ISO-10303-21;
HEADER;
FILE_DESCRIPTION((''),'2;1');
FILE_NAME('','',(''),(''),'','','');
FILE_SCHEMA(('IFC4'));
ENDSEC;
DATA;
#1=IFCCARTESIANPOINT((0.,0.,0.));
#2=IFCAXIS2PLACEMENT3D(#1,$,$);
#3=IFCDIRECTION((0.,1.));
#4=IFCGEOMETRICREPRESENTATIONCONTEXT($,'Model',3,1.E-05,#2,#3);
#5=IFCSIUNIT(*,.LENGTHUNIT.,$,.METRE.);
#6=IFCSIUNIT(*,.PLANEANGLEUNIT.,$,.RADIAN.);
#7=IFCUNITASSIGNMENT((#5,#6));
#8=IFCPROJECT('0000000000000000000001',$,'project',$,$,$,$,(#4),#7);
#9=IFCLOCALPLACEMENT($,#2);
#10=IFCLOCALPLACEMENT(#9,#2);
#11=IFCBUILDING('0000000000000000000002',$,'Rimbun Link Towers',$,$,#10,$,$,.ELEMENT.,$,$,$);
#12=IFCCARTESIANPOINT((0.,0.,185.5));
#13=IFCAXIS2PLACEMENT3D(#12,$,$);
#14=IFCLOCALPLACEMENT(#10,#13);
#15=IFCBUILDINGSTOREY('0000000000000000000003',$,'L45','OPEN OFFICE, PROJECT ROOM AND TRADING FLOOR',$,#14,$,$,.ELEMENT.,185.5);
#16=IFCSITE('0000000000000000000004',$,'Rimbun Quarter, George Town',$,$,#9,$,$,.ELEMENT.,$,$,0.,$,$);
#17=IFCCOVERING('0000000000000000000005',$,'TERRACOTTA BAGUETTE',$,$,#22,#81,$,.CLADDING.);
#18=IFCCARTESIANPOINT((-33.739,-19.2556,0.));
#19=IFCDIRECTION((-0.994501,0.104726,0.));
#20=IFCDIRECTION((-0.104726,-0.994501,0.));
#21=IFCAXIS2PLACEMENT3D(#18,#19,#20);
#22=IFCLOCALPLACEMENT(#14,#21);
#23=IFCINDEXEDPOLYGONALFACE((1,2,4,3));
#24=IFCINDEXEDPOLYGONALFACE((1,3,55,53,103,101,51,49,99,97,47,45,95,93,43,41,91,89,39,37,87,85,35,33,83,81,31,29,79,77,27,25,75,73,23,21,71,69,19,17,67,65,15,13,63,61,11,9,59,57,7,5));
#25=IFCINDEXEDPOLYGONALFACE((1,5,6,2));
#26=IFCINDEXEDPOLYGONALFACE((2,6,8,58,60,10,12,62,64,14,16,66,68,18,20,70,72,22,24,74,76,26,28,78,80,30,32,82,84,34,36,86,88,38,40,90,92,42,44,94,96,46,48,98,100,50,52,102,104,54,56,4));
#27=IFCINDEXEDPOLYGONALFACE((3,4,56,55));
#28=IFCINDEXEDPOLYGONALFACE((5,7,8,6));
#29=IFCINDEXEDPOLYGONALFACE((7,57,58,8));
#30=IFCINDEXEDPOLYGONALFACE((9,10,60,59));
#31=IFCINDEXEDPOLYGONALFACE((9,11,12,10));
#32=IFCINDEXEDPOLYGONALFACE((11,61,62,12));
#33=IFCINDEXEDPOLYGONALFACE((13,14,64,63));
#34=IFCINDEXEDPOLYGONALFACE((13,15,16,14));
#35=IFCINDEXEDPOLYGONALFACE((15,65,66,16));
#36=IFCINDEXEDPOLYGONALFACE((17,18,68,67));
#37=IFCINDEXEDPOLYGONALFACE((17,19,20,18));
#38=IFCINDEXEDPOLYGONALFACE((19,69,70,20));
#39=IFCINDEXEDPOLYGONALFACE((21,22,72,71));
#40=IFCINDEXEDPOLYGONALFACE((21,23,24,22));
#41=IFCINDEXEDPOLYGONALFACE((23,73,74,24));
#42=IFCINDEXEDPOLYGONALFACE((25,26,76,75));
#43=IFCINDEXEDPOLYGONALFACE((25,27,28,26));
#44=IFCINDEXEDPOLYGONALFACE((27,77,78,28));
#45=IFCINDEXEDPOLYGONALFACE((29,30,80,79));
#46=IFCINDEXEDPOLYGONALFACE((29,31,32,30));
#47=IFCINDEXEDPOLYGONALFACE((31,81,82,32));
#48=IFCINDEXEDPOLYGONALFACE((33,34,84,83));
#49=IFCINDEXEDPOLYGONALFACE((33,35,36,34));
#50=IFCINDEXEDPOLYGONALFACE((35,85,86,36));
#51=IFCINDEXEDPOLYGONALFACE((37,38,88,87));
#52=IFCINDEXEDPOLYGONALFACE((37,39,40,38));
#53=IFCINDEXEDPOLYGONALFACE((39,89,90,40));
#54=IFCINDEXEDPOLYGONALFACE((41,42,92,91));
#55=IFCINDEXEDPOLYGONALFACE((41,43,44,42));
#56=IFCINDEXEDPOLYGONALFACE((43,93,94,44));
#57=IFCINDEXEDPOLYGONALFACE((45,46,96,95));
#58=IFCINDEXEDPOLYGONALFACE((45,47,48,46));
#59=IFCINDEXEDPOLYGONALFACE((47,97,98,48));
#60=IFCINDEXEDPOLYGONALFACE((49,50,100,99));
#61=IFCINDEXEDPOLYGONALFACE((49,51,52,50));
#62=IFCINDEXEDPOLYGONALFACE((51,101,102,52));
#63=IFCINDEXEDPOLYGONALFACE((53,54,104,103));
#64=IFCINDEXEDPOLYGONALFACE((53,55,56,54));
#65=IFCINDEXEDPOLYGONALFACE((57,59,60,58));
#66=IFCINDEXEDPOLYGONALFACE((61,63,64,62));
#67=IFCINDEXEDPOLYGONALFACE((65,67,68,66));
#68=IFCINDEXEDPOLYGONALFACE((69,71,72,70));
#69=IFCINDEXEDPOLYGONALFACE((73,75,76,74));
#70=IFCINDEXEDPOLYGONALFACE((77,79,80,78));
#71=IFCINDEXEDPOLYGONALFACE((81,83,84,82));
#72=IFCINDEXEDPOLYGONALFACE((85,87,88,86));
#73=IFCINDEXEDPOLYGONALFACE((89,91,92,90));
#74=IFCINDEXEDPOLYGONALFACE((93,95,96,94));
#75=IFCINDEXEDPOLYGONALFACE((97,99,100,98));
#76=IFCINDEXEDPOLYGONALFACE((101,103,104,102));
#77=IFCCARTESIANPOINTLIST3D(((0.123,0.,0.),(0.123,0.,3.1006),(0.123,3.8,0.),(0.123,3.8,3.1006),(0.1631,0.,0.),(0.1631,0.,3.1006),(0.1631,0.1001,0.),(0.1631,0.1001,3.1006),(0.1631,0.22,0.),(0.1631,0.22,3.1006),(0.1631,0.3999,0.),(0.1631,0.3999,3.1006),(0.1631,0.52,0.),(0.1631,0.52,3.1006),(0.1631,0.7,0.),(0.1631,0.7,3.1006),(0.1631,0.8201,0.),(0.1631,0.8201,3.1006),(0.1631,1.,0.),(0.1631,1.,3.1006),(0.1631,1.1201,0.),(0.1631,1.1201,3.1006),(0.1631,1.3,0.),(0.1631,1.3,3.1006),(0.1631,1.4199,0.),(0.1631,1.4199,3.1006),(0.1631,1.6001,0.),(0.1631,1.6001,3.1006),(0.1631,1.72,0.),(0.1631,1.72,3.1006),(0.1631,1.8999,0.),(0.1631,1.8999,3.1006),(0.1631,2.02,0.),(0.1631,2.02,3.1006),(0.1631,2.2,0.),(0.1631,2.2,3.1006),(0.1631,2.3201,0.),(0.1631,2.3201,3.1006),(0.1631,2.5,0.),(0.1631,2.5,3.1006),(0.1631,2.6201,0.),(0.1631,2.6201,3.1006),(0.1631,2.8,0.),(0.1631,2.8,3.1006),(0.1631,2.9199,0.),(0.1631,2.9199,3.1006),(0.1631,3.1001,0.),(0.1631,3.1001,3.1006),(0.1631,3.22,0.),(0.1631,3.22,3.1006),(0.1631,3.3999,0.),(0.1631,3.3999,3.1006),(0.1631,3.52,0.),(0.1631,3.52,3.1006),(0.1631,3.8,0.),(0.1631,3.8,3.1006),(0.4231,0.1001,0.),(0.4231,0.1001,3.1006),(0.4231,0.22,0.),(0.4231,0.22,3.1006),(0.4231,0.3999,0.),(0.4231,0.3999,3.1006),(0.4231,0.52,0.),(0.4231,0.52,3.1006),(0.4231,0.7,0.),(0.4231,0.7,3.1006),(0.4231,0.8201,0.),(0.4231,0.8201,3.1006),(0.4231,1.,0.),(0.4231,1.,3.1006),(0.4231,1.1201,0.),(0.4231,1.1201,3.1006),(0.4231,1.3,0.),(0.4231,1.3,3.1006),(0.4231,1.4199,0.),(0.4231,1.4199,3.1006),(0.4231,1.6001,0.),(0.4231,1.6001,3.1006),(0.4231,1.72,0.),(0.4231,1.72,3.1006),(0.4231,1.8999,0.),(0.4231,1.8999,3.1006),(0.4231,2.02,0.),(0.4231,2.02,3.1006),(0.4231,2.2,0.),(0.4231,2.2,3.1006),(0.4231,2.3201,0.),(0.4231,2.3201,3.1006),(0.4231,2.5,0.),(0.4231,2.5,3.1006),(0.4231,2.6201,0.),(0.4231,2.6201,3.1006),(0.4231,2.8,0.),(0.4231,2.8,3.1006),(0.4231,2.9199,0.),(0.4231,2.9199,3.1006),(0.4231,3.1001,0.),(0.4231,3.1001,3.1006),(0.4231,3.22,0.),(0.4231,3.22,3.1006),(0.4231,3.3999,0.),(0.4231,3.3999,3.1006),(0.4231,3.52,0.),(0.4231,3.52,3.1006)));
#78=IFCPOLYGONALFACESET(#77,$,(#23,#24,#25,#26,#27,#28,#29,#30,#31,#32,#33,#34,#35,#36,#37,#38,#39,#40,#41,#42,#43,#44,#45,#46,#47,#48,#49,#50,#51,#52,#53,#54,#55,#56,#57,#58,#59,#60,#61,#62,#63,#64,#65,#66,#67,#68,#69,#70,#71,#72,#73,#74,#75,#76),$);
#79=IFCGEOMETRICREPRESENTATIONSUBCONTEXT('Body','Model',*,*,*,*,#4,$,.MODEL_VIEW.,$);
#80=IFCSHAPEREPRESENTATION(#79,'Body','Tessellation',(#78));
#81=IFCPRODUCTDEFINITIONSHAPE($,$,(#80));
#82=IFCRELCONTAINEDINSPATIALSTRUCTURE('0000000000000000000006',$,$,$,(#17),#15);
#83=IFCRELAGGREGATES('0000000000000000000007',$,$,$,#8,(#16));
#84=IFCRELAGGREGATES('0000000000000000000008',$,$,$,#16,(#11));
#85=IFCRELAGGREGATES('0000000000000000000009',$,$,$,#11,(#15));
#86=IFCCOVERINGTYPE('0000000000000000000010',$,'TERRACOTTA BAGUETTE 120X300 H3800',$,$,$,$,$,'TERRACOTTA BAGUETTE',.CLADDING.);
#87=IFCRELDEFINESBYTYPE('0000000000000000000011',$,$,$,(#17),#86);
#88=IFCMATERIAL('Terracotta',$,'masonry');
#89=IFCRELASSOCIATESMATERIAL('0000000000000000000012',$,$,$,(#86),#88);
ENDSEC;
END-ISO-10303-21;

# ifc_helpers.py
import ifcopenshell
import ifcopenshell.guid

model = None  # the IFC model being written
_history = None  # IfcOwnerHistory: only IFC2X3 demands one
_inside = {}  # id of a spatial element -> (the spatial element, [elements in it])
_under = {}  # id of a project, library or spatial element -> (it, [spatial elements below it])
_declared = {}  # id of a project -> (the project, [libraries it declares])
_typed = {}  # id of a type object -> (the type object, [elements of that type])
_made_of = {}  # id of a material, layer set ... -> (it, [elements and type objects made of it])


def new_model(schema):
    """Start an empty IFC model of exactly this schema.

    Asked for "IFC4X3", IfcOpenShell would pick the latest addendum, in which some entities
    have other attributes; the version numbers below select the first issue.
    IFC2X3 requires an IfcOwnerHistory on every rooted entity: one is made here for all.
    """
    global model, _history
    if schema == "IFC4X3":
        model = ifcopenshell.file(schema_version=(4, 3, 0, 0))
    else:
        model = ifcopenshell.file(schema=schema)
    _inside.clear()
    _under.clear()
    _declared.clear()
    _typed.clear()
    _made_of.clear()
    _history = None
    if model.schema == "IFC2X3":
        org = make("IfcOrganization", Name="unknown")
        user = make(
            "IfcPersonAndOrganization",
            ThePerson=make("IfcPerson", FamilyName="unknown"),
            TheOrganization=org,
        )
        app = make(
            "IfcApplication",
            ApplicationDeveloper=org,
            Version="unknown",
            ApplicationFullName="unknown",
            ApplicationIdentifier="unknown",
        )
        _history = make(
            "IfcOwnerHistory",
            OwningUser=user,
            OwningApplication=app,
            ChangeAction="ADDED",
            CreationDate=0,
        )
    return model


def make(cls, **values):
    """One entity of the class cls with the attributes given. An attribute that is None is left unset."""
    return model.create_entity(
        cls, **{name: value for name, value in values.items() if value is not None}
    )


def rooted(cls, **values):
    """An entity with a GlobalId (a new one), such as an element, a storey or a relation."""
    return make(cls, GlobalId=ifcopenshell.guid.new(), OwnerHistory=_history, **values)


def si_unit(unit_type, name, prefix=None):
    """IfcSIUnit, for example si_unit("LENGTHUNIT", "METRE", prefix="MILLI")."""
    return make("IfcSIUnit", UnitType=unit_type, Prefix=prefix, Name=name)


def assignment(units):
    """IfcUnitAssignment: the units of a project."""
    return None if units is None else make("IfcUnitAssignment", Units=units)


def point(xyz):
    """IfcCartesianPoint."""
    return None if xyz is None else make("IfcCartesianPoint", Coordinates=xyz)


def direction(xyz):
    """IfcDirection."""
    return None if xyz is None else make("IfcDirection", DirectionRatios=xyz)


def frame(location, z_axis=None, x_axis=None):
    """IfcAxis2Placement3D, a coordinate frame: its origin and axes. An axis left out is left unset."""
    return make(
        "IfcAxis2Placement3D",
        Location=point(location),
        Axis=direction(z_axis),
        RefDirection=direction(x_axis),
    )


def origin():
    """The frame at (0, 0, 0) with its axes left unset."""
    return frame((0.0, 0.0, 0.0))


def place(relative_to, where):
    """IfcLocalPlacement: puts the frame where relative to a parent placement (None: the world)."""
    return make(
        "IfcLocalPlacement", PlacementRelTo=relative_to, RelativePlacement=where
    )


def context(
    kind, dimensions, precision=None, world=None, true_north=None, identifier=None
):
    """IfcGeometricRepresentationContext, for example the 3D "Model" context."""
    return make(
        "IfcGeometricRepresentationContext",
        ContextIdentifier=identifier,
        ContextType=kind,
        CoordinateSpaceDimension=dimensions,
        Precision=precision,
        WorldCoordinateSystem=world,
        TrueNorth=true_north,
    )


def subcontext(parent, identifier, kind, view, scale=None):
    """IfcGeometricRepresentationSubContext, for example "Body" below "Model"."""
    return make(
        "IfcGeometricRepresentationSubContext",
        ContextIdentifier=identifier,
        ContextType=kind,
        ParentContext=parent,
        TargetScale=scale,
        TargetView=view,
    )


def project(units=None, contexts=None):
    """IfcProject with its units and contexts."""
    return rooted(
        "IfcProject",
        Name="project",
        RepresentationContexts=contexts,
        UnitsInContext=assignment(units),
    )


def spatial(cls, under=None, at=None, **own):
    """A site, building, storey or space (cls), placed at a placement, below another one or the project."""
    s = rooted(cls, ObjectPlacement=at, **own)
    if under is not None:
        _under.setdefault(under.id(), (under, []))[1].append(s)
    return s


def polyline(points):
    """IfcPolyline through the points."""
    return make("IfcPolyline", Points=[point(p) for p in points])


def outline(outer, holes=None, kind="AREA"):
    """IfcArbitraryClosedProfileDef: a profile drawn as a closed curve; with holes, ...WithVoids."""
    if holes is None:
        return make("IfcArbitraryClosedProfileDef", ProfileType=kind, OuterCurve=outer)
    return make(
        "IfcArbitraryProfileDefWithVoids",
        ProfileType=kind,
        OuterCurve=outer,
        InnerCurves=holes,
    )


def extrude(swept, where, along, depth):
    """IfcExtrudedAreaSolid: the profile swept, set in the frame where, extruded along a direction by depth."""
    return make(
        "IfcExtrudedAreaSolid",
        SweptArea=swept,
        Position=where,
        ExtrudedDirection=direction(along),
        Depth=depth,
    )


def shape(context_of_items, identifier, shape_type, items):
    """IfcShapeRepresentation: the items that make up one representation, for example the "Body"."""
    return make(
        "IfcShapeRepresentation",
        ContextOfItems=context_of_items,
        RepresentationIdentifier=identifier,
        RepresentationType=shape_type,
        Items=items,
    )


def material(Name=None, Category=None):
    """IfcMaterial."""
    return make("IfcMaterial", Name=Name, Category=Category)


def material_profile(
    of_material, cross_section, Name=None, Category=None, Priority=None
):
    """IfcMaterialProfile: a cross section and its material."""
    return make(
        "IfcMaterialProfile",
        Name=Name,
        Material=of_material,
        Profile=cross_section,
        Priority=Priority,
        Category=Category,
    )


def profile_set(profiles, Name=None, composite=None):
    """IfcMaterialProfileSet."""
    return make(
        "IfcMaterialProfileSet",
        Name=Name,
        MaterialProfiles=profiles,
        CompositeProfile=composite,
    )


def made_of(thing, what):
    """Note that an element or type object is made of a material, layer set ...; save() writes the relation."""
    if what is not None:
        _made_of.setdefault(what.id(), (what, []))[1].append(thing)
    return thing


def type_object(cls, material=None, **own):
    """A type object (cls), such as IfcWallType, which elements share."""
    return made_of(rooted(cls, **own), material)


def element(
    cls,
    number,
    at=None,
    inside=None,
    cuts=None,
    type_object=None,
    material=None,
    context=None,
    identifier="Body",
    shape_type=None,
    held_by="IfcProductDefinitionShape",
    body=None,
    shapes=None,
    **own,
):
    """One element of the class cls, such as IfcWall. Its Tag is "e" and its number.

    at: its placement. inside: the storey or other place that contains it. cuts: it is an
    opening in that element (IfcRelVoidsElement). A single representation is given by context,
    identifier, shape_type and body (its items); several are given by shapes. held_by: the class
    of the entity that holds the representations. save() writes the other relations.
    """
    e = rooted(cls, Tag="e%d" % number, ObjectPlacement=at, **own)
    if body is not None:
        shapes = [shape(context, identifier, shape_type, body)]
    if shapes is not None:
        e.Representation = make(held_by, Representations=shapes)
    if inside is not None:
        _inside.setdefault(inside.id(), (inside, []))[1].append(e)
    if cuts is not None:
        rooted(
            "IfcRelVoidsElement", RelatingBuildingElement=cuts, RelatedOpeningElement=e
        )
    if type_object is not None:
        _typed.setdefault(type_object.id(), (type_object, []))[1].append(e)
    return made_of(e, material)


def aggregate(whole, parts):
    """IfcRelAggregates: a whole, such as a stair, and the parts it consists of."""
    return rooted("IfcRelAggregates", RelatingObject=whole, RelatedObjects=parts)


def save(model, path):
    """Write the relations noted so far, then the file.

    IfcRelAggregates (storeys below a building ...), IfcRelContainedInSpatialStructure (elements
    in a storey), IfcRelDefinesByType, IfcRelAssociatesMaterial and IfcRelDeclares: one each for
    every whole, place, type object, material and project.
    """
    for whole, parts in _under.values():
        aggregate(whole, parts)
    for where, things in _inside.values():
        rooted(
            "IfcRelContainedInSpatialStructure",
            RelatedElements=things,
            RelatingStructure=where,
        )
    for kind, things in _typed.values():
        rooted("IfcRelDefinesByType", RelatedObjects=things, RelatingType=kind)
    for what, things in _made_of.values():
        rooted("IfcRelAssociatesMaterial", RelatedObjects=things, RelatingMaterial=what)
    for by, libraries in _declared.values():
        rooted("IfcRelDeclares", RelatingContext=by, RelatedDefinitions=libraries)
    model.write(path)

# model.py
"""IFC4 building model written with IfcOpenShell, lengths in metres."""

from ifc_helpers import new_model, si_unit, direction, frame, origin, place, context, subcontext, project, spatial, polyline, outline, extrude, material, material_profile, profile_set, type_object, element, save


model = new_model("IFC4")

# Units and contexts
model_context = context("Model", 3, precision=1e-05, world=origin(), true_north=direction((0.0, 1.0)))
body_context = subcontext(model_context, "Body", "Model", "MODEL_VIEW")
ifc_project = project(units=[si_unit("LENGTHUNIT", "METRE"), si_unit("PLANEANGLEUNIT", "RADIAN")], contexts=[model_context])

# Site, building, storey
site_placement = place(None, origin())
site = spatial("IfcSite", under=ifc_project, at=site_placement, Name="Rimbun Quarter, George Town", CompositionType="ELEMENT", RefElevation=0.0)
building_placement = place(site_placement, origin())
building = spatial("IfcBuilding", under=site, at=building_placement, Name="Rimbun Link Towers", CompositionType="ELEMENT")
storey_placement = place(building_placement, frame((0.0, 0.0, 185.5)))
storey = spatial("IfcBuildingStorey", under=building, at=storey_placement, Name="L45", Description="OPEN OFFICE, PROJECT ROOM AND TRADING FLOOR", CompositionType="ELEMENT", Elevation=185.5)

# Covering
ifc_material_1 = material(Name="Terracotta", Category="masonry")
ifc_material_profile_1 = material_profile(ifc_material_1, outline(polyline([(0.123, 0.0), (0.1631, 0.0), (0.1631, 0.1001), (0.4231, 0.1001), (0.4231, 0.22), (0.1631, 0.22), (0.1631, 0.3999), (0.4231, 0.3999), (0.4231, 0.52), (0.1631, 0.52), (0.1631, 0.7), (0.4231, 0.7), (0.4231, 0.8201), (0.1631, 0.8201), (0.1631, 1.0), (0.4231, 1.0), (0.4231, 1.1201), (0.1631, 1.1201), (0.1631, 1.3), (0.4231, 1.3), (0.4231, 1.4199), (0.1631, 1.4199), (0.1631, 1.6001), (0.4231, 1.6001), (0.4231, 1.72), (0.1631, 1.72), (0.1631, 1.8999), (0.4231, 1.8999), (0.4231, 2.02), (0.1631, 2.02), (0.1631, 2.2), (0.4231, 2.2), (0.4231, 2.3201), (0.1631, 2.3201), (0.1631, 2.5), (0.4231, 2.5), (0.4231, 2.6201), (0.1631, 2.6201), (0.1631, 2.8), (0.4231, 2.8), (0.4231, 2.9199), (0.1631, 2.9199), (0.1631, 3.1001), (0.4231, 3.1001), (0.4231, 3.22), (0.1631, 3.22), (0.1631, 3.3999), (0.4231, 3.3999), (0.4231, 3.52), (0.1631, 3.52), (0.1631, 3.8), (0.123, 3.8), (0.123, 0.0)])), Name="BAGUETTE 120X300")
ifc_profile_set_1 = profile_set([ifc_material_profile_1], Name="Terracotta")
covering_type = type_object("IfcCoveringType", Name="TERRACOTTA BAGUETTE 120X300 H3800", ElementType="TERRACOTTA BAGUETTE", PredefinedType="CLADDING", material=ifc_profile_set_1)
covering_1_placement = place(storey_placement, frame((-33.739, -19.2556, 0.0), z_axis=(-0.994501, 0.104726, 0.0), x_axis=(-0.104726, -0.994501, 0.0)))
element("IfcCovering", 1, at=covering_1_placement, inside=storey, type_object=covering_type, Name="TERRACOTTA BAGUETTE", PredefinedType="CLADDING", context=body_context, shape_type="SweptSolid", body=[
    extrude(outline(polyline([(0.123, 0.0), (0.1631, 0.0), (0.1631, 0.1001), (0.4231, 0.1001), (0.4231, 0.22), (0.1631, 0.22), (0.1631, 0.3999), (0.4231, 0.3999), (0.4231, 0.52), (0.1631, 0.52), (0.1631, 0.7), (0.4231, 0.7), (0.4231, 0.8201), (0.1631, 0.8201), (0.1631, 1.0), (0.4231, 1.0), (0.4231, 1.1201), (0.1631, 1.1201), (0.1631, 1.3), (0.4231, 1.3), (0.4231, 1.4199), (0.1631, 1.4199), (0.1631, 1.6001), (0.4231, 1.6001), (0.4231, 1.72), (0.1631, 1.72), (0.1631, 1.8999), (0.4231, 1.8999), (0.4231, 2.02), (0.1631, 2.02), (0.1631, 2.2), (0.4231, 2.2), (0.4231, 2.3201), (0.1631, 2.3201), (0.1631, 2.5), (0.4231, 2.5), (0.4231, 2.6201), (0.1631, 2.6201), (0.1631, 2.8), (0.4231, 2.8), (0.4231, 2.9199), (0.1631, 2.9199), (0.1631, 3.1001), (0.4231, 3.1001), (0.4231, 3.22), (0.1631, 3.22), (0.1631, 3.3999), (0.4231, 3.3999), (0.4231, 3.52), (0.1631, 3.52), (0.1631, 3.8), (0.123, 3.8), (0.123, 0.0)])), origin(), (0.0, 0.0, 1.0), 3.1006),
])

save(model, "model.ifc")
